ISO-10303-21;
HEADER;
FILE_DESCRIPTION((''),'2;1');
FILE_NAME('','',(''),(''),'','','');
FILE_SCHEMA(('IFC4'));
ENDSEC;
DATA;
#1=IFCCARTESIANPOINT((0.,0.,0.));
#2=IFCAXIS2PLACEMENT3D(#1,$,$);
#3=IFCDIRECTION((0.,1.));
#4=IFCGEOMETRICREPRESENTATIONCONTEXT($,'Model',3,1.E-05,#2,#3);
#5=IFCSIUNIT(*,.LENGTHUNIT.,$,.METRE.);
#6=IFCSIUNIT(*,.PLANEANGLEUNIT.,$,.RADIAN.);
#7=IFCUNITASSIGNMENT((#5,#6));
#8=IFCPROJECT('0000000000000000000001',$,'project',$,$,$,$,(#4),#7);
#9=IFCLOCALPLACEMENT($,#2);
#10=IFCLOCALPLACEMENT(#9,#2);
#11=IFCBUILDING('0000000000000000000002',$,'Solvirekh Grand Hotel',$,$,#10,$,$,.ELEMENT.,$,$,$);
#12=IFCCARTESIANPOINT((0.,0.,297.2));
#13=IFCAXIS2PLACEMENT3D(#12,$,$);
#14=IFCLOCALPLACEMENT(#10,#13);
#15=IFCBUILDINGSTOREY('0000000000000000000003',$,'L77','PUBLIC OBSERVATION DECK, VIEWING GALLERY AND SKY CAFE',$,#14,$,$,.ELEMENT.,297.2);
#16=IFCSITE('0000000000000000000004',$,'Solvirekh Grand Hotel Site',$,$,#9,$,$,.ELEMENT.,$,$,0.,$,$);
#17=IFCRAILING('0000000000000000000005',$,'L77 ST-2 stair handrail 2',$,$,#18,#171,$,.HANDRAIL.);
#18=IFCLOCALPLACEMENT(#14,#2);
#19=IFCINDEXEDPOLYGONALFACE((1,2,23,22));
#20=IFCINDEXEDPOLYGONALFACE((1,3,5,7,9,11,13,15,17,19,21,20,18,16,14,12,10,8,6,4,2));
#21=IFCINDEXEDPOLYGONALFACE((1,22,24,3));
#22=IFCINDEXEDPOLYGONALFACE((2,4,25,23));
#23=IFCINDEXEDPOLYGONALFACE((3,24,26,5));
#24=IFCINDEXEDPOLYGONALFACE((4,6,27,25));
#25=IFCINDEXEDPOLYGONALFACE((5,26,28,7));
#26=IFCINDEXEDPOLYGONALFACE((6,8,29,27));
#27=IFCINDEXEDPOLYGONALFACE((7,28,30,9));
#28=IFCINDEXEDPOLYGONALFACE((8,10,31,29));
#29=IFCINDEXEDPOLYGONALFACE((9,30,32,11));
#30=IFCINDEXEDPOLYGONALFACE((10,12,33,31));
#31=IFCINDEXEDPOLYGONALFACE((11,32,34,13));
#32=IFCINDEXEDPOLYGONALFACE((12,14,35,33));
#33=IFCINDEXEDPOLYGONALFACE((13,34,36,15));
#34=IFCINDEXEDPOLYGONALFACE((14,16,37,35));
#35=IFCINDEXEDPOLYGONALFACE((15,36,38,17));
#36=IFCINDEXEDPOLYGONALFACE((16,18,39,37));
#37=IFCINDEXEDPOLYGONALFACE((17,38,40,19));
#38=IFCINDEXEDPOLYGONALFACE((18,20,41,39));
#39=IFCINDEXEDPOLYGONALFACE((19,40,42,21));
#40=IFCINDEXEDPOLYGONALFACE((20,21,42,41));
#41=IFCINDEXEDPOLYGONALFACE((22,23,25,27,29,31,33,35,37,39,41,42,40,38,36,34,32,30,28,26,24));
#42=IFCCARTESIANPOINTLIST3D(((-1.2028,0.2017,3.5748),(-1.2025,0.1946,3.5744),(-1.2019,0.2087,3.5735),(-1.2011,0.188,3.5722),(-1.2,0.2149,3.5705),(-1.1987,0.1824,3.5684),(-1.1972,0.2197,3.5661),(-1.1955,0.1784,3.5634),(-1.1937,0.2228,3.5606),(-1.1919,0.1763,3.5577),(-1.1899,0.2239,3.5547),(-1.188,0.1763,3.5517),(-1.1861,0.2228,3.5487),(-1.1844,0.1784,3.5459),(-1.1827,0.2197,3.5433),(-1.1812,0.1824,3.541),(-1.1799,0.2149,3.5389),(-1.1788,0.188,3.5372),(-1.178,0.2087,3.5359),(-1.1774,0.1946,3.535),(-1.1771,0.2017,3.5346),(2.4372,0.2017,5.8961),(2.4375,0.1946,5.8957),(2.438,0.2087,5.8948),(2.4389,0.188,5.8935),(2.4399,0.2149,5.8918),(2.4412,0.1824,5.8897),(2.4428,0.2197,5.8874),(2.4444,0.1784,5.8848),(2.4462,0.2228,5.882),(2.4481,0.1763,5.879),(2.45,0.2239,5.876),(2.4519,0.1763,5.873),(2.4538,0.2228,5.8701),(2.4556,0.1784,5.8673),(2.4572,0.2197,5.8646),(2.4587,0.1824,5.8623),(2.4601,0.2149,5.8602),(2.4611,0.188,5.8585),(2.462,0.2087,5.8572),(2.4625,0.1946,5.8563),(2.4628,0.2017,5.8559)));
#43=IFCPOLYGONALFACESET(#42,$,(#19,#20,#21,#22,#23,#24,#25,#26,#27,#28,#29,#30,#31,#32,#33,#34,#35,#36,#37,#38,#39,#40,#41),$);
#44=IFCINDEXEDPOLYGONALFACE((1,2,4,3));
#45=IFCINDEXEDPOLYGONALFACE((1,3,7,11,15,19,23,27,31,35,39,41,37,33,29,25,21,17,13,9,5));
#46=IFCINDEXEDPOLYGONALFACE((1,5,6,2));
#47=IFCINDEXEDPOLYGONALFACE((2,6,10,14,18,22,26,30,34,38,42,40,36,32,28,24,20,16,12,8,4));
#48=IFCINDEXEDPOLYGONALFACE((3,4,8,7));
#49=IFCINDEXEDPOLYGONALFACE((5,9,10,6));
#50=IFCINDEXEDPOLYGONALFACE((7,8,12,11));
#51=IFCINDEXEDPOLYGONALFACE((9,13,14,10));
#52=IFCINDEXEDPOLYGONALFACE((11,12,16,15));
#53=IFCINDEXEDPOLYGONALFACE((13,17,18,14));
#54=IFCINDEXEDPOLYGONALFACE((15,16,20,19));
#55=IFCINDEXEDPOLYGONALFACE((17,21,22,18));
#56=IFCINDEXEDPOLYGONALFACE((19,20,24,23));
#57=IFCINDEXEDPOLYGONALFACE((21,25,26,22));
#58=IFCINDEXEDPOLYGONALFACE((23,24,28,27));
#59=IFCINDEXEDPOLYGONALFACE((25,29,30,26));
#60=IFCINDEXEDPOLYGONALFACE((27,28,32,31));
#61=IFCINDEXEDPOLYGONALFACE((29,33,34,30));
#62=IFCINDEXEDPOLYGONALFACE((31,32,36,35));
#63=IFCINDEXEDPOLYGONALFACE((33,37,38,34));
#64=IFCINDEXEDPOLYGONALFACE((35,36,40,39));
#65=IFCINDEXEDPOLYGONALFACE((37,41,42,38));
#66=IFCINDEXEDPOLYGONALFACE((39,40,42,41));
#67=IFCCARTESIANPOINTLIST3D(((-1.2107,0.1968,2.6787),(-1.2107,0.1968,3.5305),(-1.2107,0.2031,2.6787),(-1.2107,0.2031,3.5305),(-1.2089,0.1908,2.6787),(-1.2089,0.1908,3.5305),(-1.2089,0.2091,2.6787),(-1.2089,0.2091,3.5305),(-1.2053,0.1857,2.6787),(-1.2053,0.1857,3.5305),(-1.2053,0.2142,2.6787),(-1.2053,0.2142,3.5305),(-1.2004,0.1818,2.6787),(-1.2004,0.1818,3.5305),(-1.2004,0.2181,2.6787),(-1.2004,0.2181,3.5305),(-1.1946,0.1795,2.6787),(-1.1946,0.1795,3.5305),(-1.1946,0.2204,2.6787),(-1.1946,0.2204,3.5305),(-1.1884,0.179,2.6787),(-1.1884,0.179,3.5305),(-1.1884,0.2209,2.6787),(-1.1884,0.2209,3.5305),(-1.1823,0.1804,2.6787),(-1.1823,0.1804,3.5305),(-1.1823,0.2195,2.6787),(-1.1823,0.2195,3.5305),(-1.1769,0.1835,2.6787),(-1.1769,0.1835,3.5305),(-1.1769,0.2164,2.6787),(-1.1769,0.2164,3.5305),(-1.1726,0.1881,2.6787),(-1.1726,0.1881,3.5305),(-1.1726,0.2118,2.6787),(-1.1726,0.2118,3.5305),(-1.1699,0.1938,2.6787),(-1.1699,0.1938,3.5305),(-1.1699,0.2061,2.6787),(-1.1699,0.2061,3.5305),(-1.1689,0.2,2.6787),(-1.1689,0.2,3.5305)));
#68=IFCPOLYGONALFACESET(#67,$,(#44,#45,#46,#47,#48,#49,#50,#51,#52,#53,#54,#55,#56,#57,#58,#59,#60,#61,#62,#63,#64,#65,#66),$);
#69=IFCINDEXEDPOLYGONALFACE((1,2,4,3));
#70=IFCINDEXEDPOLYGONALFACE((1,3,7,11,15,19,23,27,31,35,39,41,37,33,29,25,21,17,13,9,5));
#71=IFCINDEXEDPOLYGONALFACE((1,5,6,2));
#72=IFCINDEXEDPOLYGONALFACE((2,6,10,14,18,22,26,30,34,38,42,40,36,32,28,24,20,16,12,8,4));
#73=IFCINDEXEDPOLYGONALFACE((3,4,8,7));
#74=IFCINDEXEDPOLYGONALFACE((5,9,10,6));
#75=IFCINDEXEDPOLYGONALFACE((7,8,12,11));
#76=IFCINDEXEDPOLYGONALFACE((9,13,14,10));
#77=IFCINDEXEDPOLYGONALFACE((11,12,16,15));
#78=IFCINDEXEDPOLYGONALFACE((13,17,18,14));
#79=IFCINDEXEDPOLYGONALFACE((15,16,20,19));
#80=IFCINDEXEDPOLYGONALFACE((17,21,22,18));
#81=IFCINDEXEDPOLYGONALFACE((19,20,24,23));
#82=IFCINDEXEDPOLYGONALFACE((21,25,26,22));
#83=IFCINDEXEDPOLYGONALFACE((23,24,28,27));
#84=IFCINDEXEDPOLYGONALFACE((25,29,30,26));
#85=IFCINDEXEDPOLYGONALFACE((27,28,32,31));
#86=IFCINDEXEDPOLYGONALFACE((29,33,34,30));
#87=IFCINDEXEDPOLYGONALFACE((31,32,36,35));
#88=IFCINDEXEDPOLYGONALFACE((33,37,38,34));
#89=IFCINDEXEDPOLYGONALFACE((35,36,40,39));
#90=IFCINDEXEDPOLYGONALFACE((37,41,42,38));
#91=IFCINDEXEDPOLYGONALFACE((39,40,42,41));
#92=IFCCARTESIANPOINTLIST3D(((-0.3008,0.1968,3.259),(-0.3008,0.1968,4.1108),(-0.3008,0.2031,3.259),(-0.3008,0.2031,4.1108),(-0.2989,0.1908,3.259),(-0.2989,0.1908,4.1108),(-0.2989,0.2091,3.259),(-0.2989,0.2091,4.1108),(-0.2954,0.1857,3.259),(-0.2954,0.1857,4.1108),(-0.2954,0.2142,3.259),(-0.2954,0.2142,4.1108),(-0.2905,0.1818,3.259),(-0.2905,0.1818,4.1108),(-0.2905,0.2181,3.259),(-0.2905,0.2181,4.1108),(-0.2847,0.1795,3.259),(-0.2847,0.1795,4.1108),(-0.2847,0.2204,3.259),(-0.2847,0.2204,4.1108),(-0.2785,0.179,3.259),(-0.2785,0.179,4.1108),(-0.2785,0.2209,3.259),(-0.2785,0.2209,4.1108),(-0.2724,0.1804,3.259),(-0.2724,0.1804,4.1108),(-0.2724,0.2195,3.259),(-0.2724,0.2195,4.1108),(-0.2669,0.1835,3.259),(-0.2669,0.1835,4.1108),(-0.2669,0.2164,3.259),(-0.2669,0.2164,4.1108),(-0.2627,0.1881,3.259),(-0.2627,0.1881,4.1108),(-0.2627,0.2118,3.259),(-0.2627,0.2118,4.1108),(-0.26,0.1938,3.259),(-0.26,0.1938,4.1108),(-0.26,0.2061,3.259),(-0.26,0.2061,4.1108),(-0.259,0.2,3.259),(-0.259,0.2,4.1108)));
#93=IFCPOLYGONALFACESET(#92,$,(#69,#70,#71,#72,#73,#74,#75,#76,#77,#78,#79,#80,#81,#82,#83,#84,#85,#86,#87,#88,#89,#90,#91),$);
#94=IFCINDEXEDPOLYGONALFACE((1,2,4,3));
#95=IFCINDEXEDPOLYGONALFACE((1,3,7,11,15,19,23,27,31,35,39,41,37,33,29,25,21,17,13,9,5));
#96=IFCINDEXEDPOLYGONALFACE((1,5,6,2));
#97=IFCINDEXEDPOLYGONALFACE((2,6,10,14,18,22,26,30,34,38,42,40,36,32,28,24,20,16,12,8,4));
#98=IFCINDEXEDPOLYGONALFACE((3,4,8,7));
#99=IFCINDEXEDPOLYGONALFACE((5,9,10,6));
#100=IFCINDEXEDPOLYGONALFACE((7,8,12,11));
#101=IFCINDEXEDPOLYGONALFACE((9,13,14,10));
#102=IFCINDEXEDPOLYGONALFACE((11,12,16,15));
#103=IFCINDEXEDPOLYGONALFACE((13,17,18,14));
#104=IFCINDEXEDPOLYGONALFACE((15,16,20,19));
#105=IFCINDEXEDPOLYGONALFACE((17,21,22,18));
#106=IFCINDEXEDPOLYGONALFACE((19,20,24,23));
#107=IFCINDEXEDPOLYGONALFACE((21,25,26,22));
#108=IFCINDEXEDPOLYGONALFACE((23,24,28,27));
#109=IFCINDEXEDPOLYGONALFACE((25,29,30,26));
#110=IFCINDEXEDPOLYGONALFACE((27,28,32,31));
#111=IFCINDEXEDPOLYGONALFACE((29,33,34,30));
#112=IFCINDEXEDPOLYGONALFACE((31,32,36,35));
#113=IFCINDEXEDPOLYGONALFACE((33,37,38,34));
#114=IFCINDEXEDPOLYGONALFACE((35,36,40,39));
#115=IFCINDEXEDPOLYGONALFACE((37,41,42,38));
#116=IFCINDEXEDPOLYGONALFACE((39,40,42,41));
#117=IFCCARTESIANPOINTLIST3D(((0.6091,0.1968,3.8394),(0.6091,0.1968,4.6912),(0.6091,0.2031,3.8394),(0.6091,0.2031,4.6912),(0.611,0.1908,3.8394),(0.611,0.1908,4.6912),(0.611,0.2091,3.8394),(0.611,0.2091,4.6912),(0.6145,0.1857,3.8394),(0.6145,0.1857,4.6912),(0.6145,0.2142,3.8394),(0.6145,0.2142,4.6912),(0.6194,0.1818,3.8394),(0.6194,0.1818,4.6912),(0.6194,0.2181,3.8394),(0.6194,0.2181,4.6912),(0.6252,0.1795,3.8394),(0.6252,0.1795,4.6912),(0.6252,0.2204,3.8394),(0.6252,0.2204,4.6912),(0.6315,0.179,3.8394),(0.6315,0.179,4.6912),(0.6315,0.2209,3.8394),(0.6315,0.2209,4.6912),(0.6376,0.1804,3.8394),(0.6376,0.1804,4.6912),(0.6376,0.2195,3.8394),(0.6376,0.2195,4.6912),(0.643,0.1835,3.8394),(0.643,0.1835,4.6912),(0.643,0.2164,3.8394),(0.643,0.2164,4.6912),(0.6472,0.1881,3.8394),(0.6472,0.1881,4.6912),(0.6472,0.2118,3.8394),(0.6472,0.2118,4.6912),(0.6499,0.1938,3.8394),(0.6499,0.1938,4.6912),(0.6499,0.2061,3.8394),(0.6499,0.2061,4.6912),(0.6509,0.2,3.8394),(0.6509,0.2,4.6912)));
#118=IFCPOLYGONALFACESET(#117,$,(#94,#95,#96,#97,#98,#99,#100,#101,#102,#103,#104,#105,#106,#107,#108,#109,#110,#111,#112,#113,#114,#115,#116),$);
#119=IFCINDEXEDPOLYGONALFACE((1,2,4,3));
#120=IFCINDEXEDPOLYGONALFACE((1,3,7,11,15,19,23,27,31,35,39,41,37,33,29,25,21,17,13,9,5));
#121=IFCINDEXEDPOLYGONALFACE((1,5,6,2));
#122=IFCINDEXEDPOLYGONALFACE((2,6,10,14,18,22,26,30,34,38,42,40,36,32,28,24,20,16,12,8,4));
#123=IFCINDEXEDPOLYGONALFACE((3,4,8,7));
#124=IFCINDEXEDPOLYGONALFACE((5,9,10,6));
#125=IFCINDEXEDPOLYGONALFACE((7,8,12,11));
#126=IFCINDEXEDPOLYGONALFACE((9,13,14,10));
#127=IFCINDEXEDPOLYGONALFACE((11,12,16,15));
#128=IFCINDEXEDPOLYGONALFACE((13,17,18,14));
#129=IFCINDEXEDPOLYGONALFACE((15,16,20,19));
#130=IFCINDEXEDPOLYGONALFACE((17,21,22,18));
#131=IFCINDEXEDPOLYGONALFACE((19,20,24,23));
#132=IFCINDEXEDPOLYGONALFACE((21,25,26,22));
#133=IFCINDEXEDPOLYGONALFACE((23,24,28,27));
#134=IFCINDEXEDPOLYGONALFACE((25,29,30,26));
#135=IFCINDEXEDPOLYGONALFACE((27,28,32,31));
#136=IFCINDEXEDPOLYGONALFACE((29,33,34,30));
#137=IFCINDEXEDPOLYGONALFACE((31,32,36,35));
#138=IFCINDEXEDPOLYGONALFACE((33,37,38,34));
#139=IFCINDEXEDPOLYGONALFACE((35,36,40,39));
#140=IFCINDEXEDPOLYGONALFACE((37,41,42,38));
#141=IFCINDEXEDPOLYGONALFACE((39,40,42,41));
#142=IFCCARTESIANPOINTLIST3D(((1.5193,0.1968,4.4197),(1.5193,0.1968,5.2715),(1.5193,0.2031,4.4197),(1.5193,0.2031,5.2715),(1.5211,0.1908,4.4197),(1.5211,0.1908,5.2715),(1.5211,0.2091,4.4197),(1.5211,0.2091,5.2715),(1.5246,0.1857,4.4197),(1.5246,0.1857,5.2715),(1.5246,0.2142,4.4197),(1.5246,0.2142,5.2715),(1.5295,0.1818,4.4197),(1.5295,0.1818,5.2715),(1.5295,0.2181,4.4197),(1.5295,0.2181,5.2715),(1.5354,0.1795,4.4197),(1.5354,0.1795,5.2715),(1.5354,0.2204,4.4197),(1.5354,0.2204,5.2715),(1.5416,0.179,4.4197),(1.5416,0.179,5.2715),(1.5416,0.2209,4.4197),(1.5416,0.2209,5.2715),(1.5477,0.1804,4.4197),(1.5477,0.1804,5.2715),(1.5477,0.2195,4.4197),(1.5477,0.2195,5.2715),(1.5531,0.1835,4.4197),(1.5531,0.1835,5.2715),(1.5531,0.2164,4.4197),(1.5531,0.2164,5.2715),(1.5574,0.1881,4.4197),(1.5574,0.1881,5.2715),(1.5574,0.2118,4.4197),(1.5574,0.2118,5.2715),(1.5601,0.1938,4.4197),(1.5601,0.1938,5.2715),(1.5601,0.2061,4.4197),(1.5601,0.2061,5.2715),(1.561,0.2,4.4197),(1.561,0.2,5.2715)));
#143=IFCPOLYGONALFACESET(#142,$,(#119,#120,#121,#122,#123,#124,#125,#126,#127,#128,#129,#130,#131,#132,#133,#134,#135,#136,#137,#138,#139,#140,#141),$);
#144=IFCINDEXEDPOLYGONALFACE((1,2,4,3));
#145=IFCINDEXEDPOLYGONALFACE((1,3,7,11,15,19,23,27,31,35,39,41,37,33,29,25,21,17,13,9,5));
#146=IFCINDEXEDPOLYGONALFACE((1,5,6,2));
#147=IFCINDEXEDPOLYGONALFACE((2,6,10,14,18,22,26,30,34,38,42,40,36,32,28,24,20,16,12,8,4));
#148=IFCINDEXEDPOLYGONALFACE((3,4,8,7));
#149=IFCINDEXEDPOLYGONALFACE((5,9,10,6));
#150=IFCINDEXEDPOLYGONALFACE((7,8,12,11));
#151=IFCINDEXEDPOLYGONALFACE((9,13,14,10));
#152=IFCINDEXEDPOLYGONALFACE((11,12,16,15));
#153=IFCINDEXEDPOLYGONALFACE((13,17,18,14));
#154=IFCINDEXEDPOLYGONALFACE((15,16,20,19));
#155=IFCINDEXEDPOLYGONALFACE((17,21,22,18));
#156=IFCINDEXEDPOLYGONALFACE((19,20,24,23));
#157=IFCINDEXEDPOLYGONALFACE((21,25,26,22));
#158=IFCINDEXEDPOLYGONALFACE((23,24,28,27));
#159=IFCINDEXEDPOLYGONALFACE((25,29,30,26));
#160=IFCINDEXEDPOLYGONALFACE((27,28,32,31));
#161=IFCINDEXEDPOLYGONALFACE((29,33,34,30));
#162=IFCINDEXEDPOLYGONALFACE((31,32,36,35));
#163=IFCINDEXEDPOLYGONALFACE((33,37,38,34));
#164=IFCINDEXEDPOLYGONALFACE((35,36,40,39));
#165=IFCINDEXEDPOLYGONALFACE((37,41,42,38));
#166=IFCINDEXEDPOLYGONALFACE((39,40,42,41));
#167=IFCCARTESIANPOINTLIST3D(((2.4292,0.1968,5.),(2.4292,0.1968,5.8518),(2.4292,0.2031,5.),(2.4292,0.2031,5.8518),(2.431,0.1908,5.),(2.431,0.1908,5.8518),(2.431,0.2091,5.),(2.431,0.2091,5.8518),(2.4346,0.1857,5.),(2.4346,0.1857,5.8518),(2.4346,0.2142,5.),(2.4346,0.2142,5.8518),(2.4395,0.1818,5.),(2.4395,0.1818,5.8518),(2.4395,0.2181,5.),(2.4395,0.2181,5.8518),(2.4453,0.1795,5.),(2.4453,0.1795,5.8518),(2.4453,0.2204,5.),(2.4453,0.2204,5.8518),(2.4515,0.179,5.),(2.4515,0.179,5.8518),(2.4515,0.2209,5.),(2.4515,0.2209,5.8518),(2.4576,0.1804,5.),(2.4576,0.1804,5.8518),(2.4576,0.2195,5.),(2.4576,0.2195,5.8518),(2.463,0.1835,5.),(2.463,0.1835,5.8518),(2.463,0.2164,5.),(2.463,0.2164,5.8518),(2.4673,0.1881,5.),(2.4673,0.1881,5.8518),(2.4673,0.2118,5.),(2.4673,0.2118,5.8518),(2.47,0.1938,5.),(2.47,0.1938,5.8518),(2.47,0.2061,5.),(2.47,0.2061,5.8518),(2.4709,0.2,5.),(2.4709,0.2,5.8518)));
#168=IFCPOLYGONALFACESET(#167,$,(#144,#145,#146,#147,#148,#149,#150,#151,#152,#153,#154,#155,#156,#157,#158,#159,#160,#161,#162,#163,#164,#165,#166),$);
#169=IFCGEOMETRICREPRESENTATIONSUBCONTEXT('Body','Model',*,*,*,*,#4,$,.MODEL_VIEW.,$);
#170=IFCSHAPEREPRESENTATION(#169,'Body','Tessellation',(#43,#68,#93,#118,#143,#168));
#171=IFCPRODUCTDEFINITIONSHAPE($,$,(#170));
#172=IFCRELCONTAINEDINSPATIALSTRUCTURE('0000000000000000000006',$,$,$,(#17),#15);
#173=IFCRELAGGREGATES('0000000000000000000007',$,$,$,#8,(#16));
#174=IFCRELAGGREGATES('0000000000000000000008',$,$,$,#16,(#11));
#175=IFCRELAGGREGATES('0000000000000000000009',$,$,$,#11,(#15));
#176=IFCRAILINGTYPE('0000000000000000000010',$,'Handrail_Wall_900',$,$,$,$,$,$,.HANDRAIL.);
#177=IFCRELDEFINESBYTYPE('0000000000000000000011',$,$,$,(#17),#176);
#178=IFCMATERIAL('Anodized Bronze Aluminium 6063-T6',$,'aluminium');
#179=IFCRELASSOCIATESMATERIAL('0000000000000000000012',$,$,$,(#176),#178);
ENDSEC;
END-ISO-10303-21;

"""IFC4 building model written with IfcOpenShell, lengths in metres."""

from ifc_helpers import new_model, si_unit, direction, frame, origin, origin_2d, place, context, subcontext, project, spatial, circle, extrude, material, type_object, element, save


model = new_model("IFC4")

# Units and contexts
model_context = context("Model", 3, precision=1e-05, world=origin(), true_north=direction((0.0, 1.0)))
body_context = subcontext(model_context, "Body", "Model", "MODEL_VIEW")
ifc_project = project(units=[si_unit("LENGTHUNIT", "METRE"), si_unit("PLANEANGLEUNIT", "RADIAN")], contexts=[model_context])

# Site, building, storey
site_placement = place(None, origin())
site = spatial("IfcSite", under=ifc_project, at=site_placement, Name="Solvirekh Grand Hotel Site", CompositionType="ELEMENT", RefElevation=0.0)
building_placement = place(site_placement, origin())
building = spatial("IfcBuilding", under=site, at=building_placement, Name="Solvirekh Grand Hotel", CompositionType="ELEMENT")
storey_placement = place(building_placement, frame((0.0, 0.0, 297.2)))
storey = spatial("IfcBuildingStorey", under=building, at=storey_placement, Name="L77", Description="PUBLIC OBSERVATION DECK, VIEWING GALLERY AND SKY CAFE", CompositionType="ELEMENT", Elevation=297.2)

# Railing
ifc_material_1 = material(Name="Anodized Bronze Aluminium 6063-T6", Category="aluminium")
railing_type_1 = type_object("IfcRailingType", Name="Handrail_Wall_900", PredefinedType="HANDRAIL", material=ifc_material_1)
railing_1_placement = place(storey_placement, frame((-1.1899, 0.2, 2.6787)))
element("IfcRailing", 1, at=railing_1_placement, inside=storey, type_object=railing_type_1, Name="L77 ST-2 stair handrail 2", PredefinedType="HANDRAIL", context=body_context, shape_type="SweptSolid", body=[
    extrude(circle(Radius=0.0239, at=origin_2d()), frame((0.0, 0.0, 0.876), z_axis=(0.843137, 0.0, 0.537699), x_axis=(0.0, 1.0, 0.0)), (0.0, 0.0, 1.0), 4.3171),
    extrude(circle(Radius=0.021, at=origin_2d()), origin(), (0.0, 0.0, 1.0), 0.8518),
    extrude(circle(Radius=0.021, at=origin_2d()), frame((0.9099, 0.0, 0.5803)), (0.0, 0.0, 1.0), 0.8518),
    extrude(circle(Radius=0.021, at=origin_2d()), frame((1.8198, 0.0, 1.1606)), (0.0, 0.0, 1.0), 0.8518),
    extrude(circle(Radius=0.021, at=origin_2d()), frame((2.73, 0.0, 1.741)), (0.0, 0.0, 1.0), 0.8518),
    extrude(circle(Radius=0.021, at=origin_2d()), frame((3.6399, 0.0, 2.3213)), (0.0, 0.0, 1.0), 0.8518),
])

save(model, "model.ifc")
